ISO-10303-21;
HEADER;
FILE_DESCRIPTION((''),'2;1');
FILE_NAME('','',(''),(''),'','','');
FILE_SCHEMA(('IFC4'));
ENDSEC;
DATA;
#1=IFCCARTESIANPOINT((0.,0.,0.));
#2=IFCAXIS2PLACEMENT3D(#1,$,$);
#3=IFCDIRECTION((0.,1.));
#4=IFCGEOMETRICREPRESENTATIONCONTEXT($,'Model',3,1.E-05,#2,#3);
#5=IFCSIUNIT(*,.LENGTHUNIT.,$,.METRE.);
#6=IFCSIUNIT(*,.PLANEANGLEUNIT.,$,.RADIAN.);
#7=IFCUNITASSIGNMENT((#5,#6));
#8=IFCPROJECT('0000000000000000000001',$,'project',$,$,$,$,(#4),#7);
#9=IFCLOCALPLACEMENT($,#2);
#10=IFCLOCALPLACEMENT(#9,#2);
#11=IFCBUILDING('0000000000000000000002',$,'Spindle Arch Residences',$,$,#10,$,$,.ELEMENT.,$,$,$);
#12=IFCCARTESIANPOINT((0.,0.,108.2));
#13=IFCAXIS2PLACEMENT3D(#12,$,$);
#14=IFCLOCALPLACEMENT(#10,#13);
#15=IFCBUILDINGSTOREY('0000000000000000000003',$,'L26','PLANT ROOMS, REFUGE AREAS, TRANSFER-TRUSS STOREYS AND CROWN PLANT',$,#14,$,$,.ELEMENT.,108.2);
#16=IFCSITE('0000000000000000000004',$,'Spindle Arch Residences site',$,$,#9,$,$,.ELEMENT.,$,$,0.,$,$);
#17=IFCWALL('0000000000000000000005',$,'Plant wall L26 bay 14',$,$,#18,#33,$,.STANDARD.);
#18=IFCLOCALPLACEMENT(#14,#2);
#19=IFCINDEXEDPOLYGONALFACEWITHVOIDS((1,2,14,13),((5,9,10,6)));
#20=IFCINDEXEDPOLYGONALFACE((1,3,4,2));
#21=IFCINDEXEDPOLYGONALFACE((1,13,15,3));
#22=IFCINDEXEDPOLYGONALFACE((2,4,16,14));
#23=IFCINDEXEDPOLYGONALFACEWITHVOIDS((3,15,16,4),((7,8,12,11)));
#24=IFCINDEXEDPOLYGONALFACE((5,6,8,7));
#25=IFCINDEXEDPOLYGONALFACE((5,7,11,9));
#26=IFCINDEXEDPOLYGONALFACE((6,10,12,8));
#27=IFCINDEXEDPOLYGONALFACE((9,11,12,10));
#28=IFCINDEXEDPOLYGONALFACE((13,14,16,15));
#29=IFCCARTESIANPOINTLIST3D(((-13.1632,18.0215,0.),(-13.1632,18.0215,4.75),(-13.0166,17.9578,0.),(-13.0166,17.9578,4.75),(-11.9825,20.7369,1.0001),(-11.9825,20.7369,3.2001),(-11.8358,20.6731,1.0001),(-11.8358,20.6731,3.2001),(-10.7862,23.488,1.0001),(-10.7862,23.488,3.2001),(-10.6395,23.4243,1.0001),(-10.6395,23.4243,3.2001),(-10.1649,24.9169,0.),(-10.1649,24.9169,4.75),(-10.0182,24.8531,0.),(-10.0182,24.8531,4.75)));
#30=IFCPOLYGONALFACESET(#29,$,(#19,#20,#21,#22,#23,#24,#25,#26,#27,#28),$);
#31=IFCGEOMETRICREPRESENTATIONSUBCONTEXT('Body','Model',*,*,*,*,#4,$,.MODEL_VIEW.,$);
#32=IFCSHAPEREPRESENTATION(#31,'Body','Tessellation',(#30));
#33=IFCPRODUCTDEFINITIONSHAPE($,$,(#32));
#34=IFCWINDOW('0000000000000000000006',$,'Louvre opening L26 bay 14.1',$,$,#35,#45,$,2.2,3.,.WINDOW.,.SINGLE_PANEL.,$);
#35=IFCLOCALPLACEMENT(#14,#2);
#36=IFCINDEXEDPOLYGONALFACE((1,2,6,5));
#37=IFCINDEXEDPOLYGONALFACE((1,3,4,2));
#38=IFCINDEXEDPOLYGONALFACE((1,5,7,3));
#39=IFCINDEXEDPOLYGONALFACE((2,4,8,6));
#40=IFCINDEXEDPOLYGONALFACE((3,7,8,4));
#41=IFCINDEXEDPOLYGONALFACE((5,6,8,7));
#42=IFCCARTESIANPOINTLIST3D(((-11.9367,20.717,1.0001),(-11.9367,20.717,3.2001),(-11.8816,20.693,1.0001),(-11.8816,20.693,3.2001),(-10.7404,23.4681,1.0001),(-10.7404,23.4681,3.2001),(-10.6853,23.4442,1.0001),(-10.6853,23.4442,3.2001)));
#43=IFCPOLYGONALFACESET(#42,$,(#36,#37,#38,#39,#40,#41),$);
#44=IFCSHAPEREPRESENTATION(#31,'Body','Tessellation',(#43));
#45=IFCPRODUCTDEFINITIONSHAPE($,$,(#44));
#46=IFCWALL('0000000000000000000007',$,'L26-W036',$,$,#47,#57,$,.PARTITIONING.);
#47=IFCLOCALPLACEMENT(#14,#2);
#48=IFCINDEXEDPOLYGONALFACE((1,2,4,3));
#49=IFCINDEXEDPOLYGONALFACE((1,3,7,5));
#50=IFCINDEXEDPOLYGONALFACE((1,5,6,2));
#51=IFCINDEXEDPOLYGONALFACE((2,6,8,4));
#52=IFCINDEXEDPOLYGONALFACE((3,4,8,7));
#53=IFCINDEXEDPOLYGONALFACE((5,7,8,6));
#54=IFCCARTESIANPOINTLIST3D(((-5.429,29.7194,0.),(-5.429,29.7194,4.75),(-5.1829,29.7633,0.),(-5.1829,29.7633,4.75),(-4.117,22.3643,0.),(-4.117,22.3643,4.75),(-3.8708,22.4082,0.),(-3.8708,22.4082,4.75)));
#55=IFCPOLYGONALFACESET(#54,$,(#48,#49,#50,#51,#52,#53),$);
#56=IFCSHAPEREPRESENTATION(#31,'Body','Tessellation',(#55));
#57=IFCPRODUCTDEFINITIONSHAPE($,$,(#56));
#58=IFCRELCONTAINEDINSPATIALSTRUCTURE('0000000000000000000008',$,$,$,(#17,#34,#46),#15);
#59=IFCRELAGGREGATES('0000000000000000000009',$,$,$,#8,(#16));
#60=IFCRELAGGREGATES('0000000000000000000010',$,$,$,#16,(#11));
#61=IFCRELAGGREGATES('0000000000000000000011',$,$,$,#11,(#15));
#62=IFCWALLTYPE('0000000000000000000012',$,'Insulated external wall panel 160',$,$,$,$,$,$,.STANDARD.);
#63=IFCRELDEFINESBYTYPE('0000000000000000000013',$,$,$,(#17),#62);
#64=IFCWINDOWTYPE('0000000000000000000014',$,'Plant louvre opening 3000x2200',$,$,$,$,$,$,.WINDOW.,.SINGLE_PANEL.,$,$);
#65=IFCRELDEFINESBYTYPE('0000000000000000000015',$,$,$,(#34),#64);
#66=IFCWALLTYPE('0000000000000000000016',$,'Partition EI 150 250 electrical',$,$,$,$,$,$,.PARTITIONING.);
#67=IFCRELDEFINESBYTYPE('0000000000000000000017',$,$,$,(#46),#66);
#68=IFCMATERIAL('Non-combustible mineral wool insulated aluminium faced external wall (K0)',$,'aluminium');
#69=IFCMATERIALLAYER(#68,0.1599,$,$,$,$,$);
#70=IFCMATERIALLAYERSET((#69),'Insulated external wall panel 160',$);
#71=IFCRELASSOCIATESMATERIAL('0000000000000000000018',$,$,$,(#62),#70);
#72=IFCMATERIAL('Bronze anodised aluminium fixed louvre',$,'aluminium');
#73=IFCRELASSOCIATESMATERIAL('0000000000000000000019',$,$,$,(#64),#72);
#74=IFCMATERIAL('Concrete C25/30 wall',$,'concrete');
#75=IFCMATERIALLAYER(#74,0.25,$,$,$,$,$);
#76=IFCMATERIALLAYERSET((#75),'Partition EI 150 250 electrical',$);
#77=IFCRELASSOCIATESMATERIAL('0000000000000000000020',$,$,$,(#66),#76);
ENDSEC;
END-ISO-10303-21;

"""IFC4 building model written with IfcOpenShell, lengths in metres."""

from ifc_helpers import new_model, si_unit, direction, frame, frame_2d, origin, place, context, subcontext, project, spatial, rectangle, extrude, material, layer, layer_set, type_object, element, fill, save


model = new_model("IFC4")

# Units and contexts
model_context = context("Model", 3, precision=1e-05, world=origin(), true_north=direction((0.0, 1.0)))
body_context = subcontext(model_context, "Body", "Model", "MODEL_VIEW")
ifc_project = project(units=[si_unit("LENGTHUNIT", "METRE"), si_unit("PLANEANGLEUNIT", "RADIAN")], contexts=[model_context])

# Site, building, storey
site_placement = place(None, origin())
site = spatial("IfcSite", under=ifc_project, at=site_placement, Name="Spindle Arch Residences site", CompositionType="ELEMENT", RefElevation=0.0)
building_placement = place(site_placement, origin())
building = spatial("IfcBuilding", under=site, at=building_placement, Name="Spindle Arch Residences", CompositionType="ELEMENT")
storey_placement = place(building_placement, frame((0.0, 0.0, 108.2)))
storey = spatial("IfcBuildingStorey", under=building, at=storey_placement, Name="L26", Description="PLANT ROOMS, REFUGE AREAS, TRANSFER-TRUSS STOREYS AND CROWN PLANT", CompositionType="ELEMENT", Elevation=108.2)

# Shared definitions
ifc_material_1 = material(Name="Non-combustible mineral wool insulated aluminium faced external wall (K0)", Category="aluminium")
ifc_layer_1 = layer(ifc_material_1, 0.1599)
ifc_layer_set_1 = layer_set([ifc_layer_1], Name="Insulated external wall panel 160")
wall_type_1 = type_object("IfcWallType", Name="Insulated external wall panel 160", PredefinedType="STANDARD", material=ifc_layer_set_1)

# Wall, opening, window
wall_1_placement = place(storey_placement, frame((-10.0916, 24.885, 0.0), z_axis=(0.0, 0.0, 1.0), x_axis=(-0.398765, -0.917053, 0.0)))
wall_1 = element("IfcWall", 1, at=wall_1_placement, inside=storey, type_object=wall_type_1, Name="Plant wall L26 bay 14", PredefinedType="STANDARD", context=body_context, shape_type="SweptSolid", body=[
    extrude(rectangle(XDim=7.519, YDim=0.1599, at=frame_2d((3.7595, 0.0))), origin(), (0.0, 0.0, 1.0), 4.75),
])
opening_placement = place(wall_1_placement, frame((1.5581, 0.0, 1.0)))
opening = element("IfcOpeningElement", 2, at=opening_placement, cuts=wall_1, PredefinedType="OPENING", context=body_context, shape_type="SweptSolid", body=[
    extrude(rectangle(XDim=3.0, YDim=2.2, at=frame_2d((1.5, 1.1001))), frame((0.0, 0.0898, 0.0), z_axis=(0.0, -1.0, 0.0), x_axis=(1.0, 0.0, 0.0)), (0.0, 0.0, 1.0), 0.1799),
])
ifc_material_2 = material(Name="Bronze anodised aluminium fixed louvre", Category="aluminium")
window_type = type_object("IfcWindowType", Name="Plant louvre opening 3000x2200", PartitioningType="SINGLE_PANEL", PredefinedType="WINDOW", material=ifc_material_2)
window_placement = place(opening_placement, origin())
window = element("IfcWindow", 3, at=window_placement, inside=storey, type_object=window_type, Name="Louvre opening L26 bay 14.1", OverallHeight=2.2, OverallWidth=3.0, PartitioningType="SINGLE_PANEL", PredefinedType="WINDOW", context=body_context, shape_type="SweptSolid", body=[
    extrude(rectangle(XDim=3.0, YDim=2.2, at=frame_2d((1.5, 1.1001))), frame((0.0, 0.03, 0.0), z_axis=(0.0, -1.0, 0.0), x_axis=(1.0, 0.0, 0.0)), (0.0, 0.0, 1.0), 0.0601),
])
fill(opening, window)

# Wall
ifc_material_3 = material(Name="Concrete C25/30 wall", Category="concrete")
ifc_layer_2 = layer(ifc_material_3, 0.25)
ifc_layer_set_2 = layer_set([ifc_layer_2], Name="Partition EI 150 250 electrical")
wall_type_2 = type_object("IfcWallType", Name="Partition EI 150 250 electrical", PredefinedType="PARTITIONING", material=ifc_layer_set_2)
wall_2_placement = place(storey_placement, frame((-3.9939, 22.3862, 0.0), z_axis=(0.0, 0.0, 1.0), x_axis=(-0.175612, 0.984459, 0.0)))
element("IfcWall", 4, at=wall_2_placement, inside=storey, type_object=wall_type_2, Name="L26-W036", PredefinedType="PARTITIONING", context=body_context, shape_type="SweptSolid", body=[
    extrude(rectangle(XDim=7.4712, YDim=0.25, at=frame_2d((3.7356, 0.0))), origin(), (0.0, 0.0, 1.0), 4.75),
])

save(model, "model.ifc")
